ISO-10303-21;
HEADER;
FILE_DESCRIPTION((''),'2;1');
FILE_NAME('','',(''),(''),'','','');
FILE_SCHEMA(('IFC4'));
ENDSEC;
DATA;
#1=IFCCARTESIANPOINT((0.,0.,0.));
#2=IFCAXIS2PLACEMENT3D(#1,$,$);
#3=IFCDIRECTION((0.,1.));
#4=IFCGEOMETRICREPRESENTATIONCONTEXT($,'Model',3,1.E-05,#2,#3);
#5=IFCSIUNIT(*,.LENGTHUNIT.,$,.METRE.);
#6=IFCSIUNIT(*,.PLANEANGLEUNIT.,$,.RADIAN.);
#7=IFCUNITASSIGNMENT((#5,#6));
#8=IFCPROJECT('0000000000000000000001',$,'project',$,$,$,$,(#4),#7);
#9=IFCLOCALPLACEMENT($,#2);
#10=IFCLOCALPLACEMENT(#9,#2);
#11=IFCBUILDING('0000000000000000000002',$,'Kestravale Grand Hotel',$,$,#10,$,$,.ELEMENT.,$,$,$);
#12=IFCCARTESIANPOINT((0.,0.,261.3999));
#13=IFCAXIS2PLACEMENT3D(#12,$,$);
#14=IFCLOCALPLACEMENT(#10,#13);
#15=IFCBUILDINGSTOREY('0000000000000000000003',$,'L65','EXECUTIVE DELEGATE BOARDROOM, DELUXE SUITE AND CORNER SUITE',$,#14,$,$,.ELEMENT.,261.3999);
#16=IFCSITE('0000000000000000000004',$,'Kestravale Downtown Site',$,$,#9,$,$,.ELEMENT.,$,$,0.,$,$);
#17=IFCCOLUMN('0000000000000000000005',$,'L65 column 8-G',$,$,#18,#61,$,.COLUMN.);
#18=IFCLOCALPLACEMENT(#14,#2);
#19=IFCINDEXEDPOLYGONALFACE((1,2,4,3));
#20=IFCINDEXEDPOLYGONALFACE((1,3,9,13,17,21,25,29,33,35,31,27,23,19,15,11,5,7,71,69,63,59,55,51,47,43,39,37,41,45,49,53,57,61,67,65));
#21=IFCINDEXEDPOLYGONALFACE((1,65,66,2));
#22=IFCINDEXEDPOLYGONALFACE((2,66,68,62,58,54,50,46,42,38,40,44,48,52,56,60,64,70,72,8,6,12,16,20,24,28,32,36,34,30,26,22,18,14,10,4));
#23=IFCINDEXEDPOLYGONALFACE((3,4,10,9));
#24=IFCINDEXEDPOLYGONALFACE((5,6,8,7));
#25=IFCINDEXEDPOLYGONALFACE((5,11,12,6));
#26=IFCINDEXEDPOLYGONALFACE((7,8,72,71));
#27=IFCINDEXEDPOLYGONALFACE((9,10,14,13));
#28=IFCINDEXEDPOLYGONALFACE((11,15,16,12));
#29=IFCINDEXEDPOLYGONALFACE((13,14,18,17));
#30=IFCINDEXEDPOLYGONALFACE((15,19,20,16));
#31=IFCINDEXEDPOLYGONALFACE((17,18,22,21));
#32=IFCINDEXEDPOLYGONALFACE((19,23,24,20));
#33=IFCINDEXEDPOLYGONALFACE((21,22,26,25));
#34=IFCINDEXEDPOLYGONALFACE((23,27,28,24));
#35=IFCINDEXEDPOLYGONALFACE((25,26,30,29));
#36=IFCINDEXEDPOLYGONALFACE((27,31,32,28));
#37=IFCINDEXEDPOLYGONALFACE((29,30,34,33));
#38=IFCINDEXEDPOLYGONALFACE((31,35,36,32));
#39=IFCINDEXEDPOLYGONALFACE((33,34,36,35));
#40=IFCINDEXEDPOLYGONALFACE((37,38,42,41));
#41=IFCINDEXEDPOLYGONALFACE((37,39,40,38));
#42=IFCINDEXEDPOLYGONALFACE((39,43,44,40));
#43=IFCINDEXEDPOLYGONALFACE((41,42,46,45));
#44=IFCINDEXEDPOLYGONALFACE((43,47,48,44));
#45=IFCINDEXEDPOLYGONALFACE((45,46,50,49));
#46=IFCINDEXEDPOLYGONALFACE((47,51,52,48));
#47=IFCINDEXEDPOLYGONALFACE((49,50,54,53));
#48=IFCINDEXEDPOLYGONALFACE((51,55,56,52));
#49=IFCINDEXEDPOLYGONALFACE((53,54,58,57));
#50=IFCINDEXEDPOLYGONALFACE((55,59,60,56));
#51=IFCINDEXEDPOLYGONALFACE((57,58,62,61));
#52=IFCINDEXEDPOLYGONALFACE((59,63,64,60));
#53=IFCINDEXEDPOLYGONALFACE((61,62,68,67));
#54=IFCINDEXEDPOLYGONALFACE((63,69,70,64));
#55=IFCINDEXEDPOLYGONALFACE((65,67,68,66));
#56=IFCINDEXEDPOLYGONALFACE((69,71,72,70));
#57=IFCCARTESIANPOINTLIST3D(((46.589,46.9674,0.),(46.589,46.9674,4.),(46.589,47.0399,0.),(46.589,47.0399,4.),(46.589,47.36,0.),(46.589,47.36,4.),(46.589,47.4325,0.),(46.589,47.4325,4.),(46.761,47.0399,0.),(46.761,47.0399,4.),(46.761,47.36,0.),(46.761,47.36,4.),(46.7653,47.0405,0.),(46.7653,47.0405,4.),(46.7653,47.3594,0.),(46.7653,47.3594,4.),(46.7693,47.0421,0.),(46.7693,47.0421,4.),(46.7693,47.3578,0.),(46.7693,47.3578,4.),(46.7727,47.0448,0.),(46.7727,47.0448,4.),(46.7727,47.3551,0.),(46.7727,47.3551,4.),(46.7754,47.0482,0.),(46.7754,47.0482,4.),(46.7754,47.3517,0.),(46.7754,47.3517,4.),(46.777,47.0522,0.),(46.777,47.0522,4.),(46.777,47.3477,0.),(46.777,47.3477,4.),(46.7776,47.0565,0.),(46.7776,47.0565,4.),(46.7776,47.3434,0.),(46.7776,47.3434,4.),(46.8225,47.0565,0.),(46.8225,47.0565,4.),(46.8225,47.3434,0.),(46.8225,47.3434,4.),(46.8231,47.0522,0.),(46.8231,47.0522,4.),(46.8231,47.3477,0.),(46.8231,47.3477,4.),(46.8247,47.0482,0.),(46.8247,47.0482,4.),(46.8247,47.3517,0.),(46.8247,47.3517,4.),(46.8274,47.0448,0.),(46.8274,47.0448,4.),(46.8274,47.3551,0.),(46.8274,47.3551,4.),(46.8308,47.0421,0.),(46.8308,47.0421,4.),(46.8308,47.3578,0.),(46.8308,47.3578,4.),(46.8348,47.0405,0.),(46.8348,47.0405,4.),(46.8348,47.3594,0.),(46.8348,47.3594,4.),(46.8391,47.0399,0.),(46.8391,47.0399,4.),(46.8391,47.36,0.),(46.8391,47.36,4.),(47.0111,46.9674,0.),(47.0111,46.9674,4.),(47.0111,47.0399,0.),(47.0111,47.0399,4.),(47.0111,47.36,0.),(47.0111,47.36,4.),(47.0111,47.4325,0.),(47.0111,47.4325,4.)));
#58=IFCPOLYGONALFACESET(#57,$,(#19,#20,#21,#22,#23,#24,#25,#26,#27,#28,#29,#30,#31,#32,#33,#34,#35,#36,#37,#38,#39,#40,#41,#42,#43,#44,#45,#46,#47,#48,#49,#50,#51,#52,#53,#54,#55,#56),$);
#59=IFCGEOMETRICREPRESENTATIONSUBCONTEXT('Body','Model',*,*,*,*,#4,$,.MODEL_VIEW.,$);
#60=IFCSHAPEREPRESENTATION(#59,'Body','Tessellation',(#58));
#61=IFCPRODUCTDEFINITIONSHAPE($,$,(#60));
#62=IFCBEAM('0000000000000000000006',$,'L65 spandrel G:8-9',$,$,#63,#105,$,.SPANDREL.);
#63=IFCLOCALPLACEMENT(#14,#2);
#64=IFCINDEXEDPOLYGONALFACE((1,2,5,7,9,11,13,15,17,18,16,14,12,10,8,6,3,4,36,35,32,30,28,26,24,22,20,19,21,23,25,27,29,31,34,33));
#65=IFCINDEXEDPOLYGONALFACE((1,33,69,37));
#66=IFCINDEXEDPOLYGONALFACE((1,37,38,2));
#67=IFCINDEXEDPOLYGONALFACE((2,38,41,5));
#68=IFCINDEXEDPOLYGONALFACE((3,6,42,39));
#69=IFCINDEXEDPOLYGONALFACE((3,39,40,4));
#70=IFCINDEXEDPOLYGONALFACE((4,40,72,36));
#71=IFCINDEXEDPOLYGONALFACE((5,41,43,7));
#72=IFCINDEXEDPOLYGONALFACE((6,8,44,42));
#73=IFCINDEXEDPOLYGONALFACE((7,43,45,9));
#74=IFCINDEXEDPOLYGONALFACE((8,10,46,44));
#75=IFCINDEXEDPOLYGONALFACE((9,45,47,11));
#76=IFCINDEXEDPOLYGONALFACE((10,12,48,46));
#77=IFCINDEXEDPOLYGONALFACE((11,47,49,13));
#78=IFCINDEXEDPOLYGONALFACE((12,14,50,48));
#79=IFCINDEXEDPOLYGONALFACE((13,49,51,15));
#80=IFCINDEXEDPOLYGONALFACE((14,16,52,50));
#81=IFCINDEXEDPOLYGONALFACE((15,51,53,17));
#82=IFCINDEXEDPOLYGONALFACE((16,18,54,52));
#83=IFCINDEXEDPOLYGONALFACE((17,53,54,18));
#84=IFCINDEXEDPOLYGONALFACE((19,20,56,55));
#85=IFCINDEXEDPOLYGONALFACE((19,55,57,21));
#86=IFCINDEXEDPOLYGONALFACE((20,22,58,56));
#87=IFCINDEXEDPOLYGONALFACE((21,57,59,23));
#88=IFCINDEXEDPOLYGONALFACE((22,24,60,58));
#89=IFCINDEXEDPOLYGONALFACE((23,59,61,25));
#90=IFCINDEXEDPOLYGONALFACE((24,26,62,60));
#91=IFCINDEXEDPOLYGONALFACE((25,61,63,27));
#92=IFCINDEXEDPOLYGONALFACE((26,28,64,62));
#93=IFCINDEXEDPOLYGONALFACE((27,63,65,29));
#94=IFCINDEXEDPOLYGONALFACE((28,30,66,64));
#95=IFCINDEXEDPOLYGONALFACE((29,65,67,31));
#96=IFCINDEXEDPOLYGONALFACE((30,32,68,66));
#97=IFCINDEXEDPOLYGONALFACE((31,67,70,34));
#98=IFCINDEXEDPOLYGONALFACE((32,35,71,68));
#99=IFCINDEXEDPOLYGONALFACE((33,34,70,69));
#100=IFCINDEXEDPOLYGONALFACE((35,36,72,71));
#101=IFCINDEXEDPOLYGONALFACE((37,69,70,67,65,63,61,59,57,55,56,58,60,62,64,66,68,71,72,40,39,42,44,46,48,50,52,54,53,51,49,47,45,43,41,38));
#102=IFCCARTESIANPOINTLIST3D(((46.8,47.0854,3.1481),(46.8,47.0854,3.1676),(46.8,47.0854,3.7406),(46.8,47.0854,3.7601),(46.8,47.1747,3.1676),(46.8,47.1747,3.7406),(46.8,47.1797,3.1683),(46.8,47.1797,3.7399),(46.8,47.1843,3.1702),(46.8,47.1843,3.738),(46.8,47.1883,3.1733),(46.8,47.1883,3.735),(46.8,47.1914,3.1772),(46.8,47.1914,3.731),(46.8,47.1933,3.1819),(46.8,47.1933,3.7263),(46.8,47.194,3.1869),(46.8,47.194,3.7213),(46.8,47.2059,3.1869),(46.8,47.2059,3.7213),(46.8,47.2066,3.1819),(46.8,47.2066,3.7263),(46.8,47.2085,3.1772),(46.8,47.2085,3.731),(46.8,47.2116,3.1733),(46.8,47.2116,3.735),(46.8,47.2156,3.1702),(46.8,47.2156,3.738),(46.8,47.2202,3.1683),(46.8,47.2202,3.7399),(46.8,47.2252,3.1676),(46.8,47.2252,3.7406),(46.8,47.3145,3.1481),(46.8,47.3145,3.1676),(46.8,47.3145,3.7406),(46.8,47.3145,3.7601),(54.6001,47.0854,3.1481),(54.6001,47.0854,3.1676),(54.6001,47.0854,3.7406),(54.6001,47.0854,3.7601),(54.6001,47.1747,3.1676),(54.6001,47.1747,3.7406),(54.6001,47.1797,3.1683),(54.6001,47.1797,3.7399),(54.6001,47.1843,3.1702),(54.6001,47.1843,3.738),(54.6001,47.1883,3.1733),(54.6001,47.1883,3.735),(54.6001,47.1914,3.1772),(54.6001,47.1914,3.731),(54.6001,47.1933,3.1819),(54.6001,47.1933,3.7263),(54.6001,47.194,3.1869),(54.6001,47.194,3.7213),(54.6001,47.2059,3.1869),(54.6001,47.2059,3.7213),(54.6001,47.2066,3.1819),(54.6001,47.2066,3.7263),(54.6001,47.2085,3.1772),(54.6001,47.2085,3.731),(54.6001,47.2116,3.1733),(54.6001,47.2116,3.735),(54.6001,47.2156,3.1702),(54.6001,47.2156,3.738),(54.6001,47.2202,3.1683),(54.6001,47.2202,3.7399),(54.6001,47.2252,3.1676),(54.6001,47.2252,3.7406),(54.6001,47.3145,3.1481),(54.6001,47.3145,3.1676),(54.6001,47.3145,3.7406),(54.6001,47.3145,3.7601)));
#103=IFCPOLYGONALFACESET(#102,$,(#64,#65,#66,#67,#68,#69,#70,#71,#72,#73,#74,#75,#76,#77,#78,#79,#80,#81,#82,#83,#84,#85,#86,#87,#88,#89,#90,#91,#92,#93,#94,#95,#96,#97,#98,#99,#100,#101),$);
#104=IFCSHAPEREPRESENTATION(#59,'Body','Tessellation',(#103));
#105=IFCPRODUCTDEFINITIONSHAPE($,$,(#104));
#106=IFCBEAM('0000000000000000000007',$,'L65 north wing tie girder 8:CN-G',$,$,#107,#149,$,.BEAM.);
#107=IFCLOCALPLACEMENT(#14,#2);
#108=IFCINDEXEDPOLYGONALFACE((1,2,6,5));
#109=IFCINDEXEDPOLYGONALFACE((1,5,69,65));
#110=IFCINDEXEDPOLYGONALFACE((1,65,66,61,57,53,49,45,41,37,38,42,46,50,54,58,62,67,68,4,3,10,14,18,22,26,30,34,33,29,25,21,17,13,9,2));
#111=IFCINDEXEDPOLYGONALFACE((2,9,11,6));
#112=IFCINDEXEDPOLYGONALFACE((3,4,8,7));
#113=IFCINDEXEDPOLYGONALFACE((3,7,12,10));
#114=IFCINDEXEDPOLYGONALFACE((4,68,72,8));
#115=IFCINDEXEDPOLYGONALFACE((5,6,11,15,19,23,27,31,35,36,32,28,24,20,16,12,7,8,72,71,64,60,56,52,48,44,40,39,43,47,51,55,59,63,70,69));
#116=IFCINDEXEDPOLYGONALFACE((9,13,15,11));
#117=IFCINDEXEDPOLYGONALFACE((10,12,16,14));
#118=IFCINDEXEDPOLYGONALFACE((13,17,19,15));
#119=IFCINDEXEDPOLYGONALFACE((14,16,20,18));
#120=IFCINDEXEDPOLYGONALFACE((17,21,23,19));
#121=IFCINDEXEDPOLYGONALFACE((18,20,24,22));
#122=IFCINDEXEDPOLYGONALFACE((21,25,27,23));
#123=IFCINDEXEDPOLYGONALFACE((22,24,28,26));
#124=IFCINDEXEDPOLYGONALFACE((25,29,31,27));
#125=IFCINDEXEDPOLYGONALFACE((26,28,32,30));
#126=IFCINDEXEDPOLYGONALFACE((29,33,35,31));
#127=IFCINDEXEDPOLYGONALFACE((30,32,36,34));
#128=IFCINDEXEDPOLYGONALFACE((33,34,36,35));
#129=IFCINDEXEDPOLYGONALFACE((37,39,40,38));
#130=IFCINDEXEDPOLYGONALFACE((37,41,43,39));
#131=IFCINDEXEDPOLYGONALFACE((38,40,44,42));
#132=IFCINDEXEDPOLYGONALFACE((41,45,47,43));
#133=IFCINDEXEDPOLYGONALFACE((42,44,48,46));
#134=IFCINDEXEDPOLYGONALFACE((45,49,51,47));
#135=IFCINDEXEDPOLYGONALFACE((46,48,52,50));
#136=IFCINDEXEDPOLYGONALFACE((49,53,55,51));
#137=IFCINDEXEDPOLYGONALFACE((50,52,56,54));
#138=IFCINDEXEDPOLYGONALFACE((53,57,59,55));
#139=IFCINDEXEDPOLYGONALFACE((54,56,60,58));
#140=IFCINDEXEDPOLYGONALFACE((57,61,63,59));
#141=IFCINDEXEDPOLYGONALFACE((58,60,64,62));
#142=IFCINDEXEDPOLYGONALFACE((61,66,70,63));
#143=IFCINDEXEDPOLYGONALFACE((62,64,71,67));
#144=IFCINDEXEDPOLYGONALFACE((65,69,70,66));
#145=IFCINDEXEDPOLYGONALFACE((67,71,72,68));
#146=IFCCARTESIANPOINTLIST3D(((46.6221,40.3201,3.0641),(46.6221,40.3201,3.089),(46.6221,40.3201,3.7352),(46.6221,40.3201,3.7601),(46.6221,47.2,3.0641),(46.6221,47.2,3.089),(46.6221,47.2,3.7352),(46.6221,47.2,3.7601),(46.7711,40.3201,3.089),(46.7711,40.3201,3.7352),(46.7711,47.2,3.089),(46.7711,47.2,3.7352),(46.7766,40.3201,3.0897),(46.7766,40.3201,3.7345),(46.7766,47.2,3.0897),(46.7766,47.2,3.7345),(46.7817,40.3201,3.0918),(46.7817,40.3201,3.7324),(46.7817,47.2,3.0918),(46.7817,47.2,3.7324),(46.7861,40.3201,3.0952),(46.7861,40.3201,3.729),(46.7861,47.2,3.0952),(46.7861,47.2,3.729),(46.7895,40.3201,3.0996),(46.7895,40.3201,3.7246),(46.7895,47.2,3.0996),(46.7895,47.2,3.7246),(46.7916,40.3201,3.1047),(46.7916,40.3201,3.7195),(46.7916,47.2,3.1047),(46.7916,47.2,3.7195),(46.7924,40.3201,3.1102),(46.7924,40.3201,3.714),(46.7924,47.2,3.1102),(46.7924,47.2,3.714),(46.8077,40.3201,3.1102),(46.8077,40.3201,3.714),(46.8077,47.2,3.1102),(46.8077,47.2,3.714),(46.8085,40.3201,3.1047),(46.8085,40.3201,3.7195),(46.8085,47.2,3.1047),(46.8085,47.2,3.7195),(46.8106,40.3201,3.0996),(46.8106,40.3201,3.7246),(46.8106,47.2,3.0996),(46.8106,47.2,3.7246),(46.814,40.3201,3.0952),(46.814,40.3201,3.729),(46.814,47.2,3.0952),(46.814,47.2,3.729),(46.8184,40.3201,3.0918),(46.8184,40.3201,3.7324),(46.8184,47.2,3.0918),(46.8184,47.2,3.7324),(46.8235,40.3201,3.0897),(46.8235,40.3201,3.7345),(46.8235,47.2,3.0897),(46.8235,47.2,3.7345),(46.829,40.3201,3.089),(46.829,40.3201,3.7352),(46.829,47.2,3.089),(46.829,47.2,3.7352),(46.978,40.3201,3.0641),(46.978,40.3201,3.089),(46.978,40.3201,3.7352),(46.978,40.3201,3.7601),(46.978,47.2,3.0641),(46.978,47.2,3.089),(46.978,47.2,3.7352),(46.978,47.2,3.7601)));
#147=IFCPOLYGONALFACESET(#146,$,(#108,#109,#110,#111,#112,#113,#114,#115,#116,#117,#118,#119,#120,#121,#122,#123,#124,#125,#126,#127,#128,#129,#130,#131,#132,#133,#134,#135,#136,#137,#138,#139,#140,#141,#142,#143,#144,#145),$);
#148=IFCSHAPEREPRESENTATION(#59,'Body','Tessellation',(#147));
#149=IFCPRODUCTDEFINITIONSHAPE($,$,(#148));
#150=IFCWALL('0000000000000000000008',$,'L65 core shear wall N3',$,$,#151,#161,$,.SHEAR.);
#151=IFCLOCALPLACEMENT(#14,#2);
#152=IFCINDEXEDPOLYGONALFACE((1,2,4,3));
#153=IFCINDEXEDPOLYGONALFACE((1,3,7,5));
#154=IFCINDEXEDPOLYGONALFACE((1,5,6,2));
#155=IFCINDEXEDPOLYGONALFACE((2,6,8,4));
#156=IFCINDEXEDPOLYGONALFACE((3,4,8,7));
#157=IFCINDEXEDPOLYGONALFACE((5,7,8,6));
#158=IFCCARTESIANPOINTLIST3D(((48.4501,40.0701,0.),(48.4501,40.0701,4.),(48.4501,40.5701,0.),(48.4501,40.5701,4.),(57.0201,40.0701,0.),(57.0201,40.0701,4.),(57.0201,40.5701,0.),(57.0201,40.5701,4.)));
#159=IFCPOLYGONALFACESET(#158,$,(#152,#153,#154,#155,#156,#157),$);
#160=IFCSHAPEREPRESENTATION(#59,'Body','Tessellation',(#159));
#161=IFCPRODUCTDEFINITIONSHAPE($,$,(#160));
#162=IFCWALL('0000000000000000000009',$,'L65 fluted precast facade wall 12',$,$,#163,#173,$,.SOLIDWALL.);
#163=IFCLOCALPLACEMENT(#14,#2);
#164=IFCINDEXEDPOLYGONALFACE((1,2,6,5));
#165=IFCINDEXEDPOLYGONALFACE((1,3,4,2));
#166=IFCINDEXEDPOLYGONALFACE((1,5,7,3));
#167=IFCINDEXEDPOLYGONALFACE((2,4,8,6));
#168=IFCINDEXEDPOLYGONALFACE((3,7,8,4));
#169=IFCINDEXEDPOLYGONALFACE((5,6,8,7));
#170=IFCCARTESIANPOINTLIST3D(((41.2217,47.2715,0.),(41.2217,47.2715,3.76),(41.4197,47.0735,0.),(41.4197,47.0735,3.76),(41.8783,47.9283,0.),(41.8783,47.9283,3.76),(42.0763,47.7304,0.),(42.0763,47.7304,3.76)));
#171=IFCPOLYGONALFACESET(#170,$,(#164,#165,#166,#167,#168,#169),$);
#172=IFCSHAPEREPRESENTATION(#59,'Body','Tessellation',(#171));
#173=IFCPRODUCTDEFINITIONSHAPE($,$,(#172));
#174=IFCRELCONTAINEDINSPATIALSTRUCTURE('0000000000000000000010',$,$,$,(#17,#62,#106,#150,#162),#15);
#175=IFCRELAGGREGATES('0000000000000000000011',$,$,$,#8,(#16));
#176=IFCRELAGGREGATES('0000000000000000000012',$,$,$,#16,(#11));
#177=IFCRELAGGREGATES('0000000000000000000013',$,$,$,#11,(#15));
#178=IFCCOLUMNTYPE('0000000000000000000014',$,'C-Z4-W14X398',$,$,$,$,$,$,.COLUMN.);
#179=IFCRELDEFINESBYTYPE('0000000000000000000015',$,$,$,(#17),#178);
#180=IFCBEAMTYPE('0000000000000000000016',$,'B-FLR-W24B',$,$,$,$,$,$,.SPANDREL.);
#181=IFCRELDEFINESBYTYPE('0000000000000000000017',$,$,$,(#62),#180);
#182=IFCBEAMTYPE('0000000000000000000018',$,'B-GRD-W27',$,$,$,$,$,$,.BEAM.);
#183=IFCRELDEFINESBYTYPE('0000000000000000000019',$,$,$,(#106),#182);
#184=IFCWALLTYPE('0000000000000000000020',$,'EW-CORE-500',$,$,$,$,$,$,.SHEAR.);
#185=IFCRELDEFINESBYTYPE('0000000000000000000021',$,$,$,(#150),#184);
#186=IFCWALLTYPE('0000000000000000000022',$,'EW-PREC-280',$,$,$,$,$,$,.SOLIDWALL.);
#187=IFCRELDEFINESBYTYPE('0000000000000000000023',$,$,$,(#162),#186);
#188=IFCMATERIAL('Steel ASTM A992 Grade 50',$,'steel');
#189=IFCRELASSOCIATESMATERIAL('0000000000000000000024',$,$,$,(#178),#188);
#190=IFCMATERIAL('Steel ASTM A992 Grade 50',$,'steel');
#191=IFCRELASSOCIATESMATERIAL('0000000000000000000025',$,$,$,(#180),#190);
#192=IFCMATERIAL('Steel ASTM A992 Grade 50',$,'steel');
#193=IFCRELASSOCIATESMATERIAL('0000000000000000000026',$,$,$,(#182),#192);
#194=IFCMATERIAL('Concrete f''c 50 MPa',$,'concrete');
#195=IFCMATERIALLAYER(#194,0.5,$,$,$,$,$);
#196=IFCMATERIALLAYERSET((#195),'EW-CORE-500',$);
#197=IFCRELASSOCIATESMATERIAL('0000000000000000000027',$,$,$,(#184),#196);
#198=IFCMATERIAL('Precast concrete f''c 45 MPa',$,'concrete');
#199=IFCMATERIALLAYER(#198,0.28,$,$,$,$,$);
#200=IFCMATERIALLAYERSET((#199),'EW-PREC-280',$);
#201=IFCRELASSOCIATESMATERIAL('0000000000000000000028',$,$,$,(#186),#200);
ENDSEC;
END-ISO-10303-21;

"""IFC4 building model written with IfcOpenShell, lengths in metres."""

from ifc_helpers import new_model, si_unit, direction, frame, frame_2d, origin, origin_2d, place, context, subcontext, project, spatial, rectangle, i_section, extrude, material, layer, layer_set, material_profile, profile_set, type_object, element, save


model = new_model("IFC4")

# Units and contexts
model_context = context("Model", 3, precision=1e-05, world=origin(), true_north=direction((0.0, 1.0)))
body_context = subcontext(model_context, "Body", "Model", "MODEL_VIEW")
ifc_project = project(units=[si_unit("LENGTHUNIT", "METRE"), si_unit("PLANEANGLEUNIT", "RADIAN")], contexts=[model_context])

# Site, building, storey
site_placement = place(None, origin())
site = spatial("IfcSite", under=ifc_project, at=site_placement, Name="Kestravale Downtown Site", CompositionType="ELEMENT", RefElevation=0.0)
building_placement = place(site_placement, origin())
building = spatial("IfcBuilding", under=site, at=building_placement, Name="Kestravale Grand Hotel", CompositionType="ELEMENT")
storey_placement = place(building_placement, frame((0.0, 0.0, 261.3999)))
storey = spatial("IfcBuildingStorey", under=building, at=storey_placement, Name="L65", Description="EXECUTIVE DELEGATE BOARDROOM, DELUXE SUITE AND CORNER SUITE", CompositionType="ELEMENT", Elevation=261.3999)

# Column
ifc_material_1 = material(Name="Steel ASTM A992 Grade 50", Category="steel")
ifc_material_profile_1 = material_profile(ifc_material_1, i_section(OverallWidth=0.4221, OverallDepth=0.4651, WebThickness=0.0449, FlangeThickness=0.0725, FilletRadius=0.0166, at=origin_2d()))
ifc_profile_set_1 = profile_set([ifc_material_profile_1], Name="Steel ASTM A992 Grade 50")
column_type = type_object("IfcColumnType", Name="C-Z4-W14X398", PredefinedType="COLUMN", material=ifc_profile_set_1)
column_placement = place(storey_placement, frame((46.8, 47.2, 0.0), z_axis=(0.0, 0.0, 1.0), x_axis=(1.0, 0.0, 0.0)))
element("IfcColumn", 1, at=column_placement, inside=storey, type_object=column_type, Name="L65 column 8-G", PredefinedType="COLUMN", context=body_context, shape_type="SweptSolid", body=[
    extrude(i_section(OverallWidth=0.4221, OverallDepth=0.4651, WebThickness=0.0449, FlangeThickness=0.0725, FilletRadius=0.0166, at=origin_2d()), origin(), (0.0, 0.0, 1.0), 4.0),
])

# Beams
ifc_material_2 = material(Name="Steel ASTM A992 Grade 50", Category="steel")
ifc_material_profile_2 = material_profile(ifc_material_2, i_section(OverallWidth=0.229, OverallDepth=0.6121, WebThickness=0.012, FlangeThickness=0.0195, FilletRadius=0.0193, at=origin_2d()))
ifc_profile_set_2 = profile_set([ifc_material_profile_2], Name="Steel ASTM A992 Grade 50")
beam_type_1 = type_object("IfcBeamType", Name="B-FLR-W24B", PredefinedType="SPANDREL", material=ifc_profile_set_2)
beam_1_placement = place(storey_placement, frame((46.8, 47.2, 3.4541), z_axis=(1.0, 0.0, 0.0), x_axis=(0.0, 1.0, 0.0)))
element("IfcBeam", 2, at=beam_1_placement, inside=storey, type_object=beam_type_1, Name="L65 spandrel G:8-9", PredefinedType="SPANDREL", context=body_context, shape_type="SweptSolid", body=[
    extrude(i_section(OverallWidth=0.229, OverallDepth=0.6121, WebThickness=0.012, FlangeThickness=0.0195, FilletRadius=0.0193, at=origin_2d()), origin(), (0.0, 0.0, 1.0), 7.8),
])
ifc_material_3 = material(Name="Steel ASTM A992 Grade 50", Category="steel")
ifc_material_profile_3 = material_profile(ifc_material_3, i_section(OverallWidth=0.356, OverallDepth=0.696, WebThickness=0.0154, FlangeThickness=0.0249, FilletRadius=0.0212, at=origin_2d()))
ifc_profile_set_3 = profile_set([ifc_material_profile_3], Name="Steel ASTM A992 Grade 50")
beam_type_2 = type_object("IfcBeamType", Name="B-GRD-W27", PredefinedType="BEAM", material=ifc_profile_set_3)
beam_2_placement = place(storey_placement, frame((46.8, 40.3201, 3.4121), z_axis=(0.0, 1.0, 0.0), x_axis=(-1.0, 0.0, 0.0)))
element("IfcBeam", 3, at=beam_2_placement, inside=storey, type_object=beam_type_2, Name="L65 north wing tie girder 8:CN-G", PredefinedType="BEAM", context=body_context, shape_type="SweptSolid", body=[
    extrude(i_section(OverallWidth=0.356, OverallDepth=0.696, WebThickness=0.0154, FlangeThickness=0.0249, FilletRadius=0.0212, at=origin_2d()), origin(), (0.0, 0.0, 1.0), 6.8799),
])

# Walls
ifc_material_4 = material(Name="Concrete f'c 50 MPa", Category="concrete")
ifc_layer_1 = layer(ifc_material_4, 0.5)
ifc_layer_set_1 = layer_set([ifc_layer_1], Name="EW-CORE-500")
wall_type_1 = type_object("IfcWallType", Name="EW-CORE-500", PredefinedType="SHEAR", material=ifc_layer_set_1)
wall_1_placement = place(storey_placement, frame((48.45, 40.3201, 0.0), z_axis=(0.0, 0.0, 1.0), x_axis=(1.0, 0.0, 0.0)))
element("IfcWall", 4, at=wall_1_placement, inside=storey, type_object=wall_type_1, Name="L65 core shear wall N3", PredefinedType="SHEAR", context=body_context, shape_type="SweptSolid", body=[
    extrude(rectangle(XDim=8.5701, YDim=0.5, at=frame_2d((4.2852, 0.0))), origin(), (0.0, 0.0, 1.0), 4.0),
])
ifc_material_5 = material(Name="Precast concrete f'c 45 MPa", Category="concrete")
ifc_layer_2 = layer(ifc_material_5, 0.28)
ifc_layer_set_2 = layer_set([ifc_layer_2], Name="EW-PREC-280")
wall_type_2 = type_object("IfcWallType", Name="EW-PREC-280", PredefinedType="SOLIDWALL", material=ifc_layer_set_2)
wall_2_placement = place(storey_placement, frame((41.9773, 47.8293, 0.0), z_axis=(0.0, 0.0, 1.0), x_axis=(-0.706975, -0.707238, 0.0)))
element("IfcWall", 5, at=wall_2_placement, inside=storey, type_object=wall_type_2, Name="L65 fluted precast facade wall 12", PredefinedType="SOLIDWALL", context=body_context, shape_type="SweptSolid", body=[
    extrude(rectangle(XDim=0.9287, YDim=0.28, at=frame_2d((0.4644, 0.0))), origin(), (0.0, 0.0, 1.0), 3.76),
])

save(model, "model.ifc")
